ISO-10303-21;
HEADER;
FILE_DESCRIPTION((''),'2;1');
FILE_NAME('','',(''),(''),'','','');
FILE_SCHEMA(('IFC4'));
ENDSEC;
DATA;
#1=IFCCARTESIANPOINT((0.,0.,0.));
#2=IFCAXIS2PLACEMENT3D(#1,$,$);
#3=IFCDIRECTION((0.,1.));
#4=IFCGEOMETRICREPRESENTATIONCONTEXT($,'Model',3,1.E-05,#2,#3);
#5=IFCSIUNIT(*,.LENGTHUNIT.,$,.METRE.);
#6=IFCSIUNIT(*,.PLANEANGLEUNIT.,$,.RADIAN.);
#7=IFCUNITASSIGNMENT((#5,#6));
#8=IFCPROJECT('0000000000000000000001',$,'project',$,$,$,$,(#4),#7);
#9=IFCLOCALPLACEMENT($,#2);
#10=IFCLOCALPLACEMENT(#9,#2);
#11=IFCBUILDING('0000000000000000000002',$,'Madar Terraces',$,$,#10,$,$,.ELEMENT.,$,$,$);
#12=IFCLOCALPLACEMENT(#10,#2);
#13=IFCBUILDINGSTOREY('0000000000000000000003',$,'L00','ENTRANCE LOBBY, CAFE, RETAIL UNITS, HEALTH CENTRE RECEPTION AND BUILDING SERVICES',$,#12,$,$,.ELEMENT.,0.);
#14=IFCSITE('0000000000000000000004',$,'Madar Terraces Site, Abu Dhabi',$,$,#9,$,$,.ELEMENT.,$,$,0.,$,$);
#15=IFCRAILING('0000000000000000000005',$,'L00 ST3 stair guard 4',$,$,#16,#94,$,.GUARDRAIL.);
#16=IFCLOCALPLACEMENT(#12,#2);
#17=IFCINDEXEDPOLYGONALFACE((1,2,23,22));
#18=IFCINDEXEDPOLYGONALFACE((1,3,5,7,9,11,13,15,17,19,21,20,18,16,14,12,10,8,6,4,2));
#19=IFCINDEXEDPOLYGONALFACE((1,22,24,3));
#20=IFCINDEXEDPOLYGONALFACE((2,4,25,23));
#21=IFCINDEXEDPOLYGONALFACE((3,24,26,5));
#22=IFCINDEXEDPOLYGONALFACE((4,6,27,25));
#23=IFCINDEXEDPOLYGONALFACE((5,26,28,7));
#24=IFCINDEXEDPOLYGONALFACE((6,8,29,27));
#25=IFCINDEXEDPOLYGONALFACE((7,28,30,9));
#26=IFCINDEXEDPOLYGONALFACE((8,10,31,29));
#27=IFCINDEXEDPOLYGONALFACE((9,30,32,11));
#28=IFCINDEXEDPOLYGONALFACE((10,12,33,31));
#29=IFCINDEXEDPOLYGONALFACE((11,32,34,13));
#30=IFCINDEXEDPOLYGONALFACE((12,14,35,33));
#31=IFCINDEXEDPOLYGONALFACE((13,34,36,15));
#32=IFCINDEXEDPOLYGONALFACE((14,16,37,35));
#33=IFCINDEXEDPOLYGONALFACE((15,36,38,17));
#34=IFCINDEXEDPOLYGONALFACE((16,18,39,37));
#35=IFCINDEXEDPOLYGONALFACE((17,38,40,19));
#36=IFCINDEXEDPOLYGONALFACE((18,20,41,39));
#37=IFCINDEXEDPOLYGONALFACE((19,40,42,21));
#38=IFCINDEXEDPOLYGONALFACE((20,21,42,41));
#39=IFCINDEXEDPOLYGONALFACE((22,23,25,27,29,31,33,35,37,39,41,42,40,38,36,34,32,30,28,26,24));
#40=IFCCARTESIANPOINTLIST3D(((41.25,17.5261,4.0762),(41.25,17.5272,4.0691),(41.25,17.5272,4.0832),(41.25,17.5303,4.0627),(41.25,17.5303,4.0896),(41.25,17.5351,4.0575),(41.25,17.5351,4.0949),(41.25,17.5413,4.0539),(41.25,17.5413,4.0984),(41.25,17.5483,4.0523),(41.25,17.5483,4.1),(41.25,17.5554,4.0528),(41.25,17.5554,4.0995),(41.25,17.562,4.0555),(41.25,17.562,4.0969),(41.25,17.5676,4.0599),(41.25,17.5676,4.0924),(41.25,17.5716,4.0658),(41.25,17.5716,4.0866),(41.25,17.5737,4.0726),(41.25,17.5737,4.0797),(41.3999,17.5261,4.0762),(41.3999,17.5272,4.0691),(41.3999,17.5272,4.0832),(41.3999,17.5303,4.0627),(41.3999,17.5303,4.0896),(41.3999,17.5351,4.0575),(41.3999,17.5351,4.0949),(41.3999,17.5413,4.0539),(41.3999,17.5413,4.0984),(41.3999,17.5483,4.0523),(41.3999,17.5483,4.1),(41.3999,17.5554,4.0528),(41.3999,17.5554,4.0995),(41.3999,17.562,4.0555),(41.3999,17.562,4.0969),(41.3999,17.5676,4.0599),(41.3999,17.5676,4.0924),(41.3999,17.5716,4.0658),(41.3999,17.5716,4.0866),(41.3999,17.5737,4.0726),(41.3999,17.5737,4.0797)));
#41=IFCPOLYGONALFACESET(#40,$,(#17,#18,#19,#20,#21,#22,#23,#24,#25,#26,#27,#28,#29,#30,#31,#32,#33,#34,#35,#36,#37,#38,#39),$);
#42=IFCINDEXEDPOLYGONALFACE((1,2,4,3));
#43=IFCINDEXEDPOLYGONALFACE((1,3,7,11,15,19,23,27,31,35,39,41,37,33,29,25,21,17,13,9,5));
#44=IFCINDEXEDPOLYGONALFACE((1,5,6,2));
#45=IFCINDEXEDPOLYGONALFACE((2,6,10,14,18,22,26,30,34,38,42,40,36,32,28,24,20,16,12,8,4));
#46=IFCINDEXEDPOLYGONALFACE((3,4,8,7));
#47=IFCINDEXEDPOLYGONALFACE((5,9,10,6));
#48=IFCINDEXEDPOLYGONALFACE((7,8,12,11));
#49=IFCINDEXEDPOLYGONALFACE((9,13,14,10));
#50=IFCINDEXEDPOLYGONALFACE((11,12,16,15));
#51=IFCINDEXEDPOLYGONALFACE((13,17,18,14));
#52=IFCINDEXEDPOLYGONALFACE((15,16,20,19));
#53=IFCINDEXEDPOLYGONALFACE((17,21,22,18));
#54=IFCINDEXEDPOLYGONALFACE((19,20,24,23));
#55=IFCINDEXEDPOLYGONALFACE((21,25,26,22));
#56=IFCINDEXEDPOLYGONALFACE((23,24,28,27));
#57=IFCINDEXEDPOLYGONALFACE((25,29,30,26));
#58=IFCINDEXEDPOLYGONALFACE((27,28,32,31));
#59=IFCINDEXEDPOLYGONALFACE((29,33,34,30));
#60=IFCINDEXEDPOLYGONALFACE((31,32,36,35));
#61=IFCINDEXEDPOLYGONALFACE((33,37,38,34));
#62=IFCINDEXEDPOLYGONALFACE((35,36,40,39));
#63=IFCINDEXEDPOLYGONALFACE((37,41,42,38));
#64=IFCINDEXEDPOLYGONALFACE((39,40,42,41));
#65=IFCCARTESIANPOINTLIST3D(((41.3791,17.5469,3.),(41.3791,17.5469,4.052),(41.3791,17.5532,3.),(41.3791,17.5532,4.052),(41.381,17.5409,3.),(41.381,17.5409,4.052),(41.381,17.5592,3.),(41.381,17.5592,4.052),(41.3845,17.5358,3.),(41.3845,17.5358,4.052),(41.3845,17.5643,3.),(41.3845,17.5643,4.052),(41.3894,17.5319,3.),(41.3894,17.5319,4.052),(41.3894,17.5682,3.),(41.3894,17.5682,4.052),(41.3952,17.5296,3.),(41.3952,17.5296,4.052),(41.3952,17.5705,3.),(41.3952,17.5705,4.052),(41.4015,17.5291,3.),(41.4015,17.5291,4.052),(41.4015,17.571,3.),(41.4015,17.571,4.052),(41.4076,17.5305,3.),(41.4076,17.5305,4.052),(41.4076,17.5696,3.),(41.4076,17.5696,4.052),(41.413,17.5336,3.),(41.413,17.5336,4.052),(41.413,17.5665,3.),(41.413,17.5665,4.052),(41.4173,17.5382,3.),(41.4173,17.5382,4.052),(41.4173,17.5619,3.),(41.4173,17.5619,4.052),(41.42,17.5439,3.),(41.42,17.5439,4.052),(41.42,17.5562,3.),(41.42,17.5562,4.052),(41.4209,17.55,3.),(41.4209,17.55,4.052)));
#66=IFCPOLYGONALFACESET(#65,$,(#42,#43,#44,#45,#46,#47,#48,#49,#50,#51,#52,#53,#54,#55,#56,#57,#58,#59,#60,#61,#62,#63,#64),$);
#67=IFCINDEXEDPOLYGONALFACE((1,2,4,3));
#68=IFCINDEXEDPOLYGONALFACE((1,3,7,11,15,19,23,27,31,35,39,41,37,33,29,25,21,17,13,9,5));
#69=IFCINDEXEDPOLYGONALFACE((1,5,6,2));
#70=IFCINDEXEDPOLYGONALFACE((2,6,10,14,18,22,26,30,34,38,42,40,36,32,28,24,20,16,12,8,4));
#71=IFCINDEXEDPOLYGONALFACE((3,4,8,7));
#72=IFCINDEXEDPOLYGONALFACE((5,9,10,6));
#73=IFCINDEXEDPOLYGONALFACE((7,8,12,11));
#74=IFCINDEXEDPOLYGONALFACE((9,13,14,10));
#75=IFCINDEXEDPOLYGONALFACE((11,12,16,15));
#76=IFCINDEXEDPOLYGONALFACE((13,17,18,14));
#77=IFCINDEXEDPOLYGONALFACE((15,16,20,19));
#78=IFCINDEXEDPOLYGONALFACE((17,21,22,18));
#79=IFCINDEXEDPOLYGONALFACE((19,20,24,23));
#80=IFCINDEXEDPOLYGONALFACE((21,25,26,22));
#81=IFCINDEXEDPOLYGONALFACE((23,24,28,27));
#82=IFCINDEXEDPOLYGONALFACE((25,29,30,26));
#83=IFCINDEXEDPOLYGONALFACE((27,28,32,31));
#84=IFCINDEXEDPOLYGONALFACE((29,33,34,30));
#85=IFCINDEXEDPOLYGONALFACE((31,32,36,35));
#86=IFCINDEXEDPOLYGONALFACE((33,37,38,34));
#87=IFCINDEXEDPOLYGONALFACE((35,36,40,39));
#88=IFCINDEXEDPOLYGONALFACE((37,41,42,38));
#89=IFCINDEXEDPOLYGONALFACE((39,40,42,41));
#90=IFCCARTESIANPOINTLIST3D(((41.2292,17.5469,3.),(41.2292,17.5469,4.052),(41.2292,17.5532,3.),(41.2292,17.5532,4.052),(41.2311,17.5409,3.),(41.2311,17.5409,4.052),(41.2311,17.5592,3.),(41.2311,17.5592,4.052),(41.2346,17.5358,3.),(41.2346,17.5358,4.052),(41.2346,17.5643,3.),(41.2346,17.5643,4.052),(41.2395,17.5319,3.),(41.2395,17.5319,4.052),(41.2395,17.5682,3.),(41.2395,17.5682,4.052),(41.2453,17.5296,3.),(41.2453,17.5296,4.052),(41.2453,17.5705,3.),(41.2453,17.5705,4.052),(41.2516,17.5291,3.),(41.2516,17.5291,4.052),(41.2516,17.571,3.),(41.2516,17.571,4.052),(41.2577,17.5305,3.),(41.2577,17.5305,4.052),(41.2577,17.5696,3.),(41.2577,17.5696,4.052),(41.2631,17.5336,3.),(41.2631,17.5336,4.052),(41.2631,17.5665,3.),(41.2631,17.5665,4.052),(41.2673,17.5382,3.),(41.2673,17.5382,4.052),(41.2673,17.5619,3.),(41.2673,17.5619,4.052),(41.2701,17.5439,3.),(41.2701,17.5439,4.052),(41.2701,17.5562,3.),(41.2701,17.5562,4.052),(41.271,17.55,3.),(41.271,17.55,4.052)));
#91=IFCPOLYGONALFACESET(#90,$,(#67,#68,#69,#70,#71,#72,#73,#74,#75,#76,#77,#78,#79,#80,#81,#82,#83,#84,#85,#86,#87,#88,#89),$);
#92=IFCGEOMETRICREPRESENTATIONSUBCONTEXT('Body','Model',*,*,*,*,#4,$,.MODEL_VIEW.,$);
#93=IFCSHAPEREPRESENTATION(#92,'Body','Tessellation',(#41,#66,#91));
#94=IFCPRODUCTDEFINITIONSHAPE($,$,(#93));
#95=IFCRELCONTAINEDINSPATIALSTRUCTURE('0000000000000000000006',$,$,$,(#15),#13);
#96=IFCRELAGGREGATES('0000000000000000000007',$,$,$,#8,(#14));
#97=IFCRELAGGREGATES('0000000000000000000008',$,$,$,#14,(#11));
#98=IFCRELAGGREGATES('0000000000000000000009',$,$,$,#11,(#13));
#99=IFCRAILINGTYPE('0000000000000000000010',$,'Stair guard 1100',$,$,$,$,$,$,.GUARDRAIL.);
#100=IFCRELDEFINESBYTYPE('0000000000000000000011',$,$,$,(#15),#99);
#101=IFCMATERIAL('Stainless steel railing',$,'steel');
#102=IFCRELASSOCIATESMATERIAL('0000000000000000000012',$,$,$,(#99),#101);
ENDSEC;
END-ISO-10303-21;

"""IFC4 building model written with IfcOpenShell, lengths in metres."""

from ifc_helpers import new_model, si_unit, direction, frame, origin, origin_2d, place, context, subcontext, project, spatial, circle, extrude, material, type_object, element, save


model = new_model("IFC4")

# Units and contexts
model_context = context("Model", 3, precision=1e-05, world=origin(), true_north=direction((0.0, 1.0)))
body_context = subcontext(model_context, "Body", "Model", "MODEL_VIEW")
ifc_project = project(units=[si_unit("LENGTHUNIT", "METRE"), si_unit("PLANEANGLEUNIT", "RADIAN")], contexts=[model_context])

# Site, building, storey
site_placement = place(None, origin())
site = spatial("IfcSite", under=ifc_project, at=site_placement, Name="Madar Terraces Site, Abu Dhabi", CompositionType="ELEMENT", RefElevation=0.0)
building_placement = place(site_placement, origin())
building = spatial("IfcBuilding", under=site, at=building_placement, Name="Madar Terraces", CompositionType="ELEMENT")
storey_placement = place(building_placement, origin())
storey = spatial("IfcBuildingStorey", under=building, at=storey_placement, Name="L00", Description="ENTRANCE LOBBY, CAFE, RETAIL UNITS, HEALTH CENTRE RECEPTION AND BUILDING SERVICES", CompositionType="ELEMENT", Elevation=0.0)

# Railing
ifc_material_1 = material(Name="Stainless steel railing", Category="steel")
railing_type_1 = type_object("IfcRailingType", Name="Stair guard 1100", PredefinedType="GUARDRAIL", material=ifc_material_1)
railing_1_placement = place(storey_placement, frame((41.3999, 17.55, 3.0)))
element("IfcRailing", 1, at=railing_1_placement, inside=storey, type_object=railing_type_1, Name="L00 ST3 stair guard 4", PredefinedType="GUARDRAIL", context=body_context, shape_type="SweptSolid", body=[
    extrude(circle(Radius=0.0239, at=origin_2d()), frame((0.0, 0.0, 1.0762), z_axis=(-1.0, 0.0, 0.0), x_axis=(0.0, -1.0, 0.0)), (0.0, 0.0, 1.0), 0.1499),
    extrude(circle(Radius=0.021, at=origin_2d()), origin(), (0.0, 0.0, 1.0), 1.052),
    extrude(circle(Radius=0.021, at=origin_2d()), frame((-0.1499, 0.0, 0.0)), (0.0, 0.0, 1.0), 1.052),
])

save(model, "model.ifc")
